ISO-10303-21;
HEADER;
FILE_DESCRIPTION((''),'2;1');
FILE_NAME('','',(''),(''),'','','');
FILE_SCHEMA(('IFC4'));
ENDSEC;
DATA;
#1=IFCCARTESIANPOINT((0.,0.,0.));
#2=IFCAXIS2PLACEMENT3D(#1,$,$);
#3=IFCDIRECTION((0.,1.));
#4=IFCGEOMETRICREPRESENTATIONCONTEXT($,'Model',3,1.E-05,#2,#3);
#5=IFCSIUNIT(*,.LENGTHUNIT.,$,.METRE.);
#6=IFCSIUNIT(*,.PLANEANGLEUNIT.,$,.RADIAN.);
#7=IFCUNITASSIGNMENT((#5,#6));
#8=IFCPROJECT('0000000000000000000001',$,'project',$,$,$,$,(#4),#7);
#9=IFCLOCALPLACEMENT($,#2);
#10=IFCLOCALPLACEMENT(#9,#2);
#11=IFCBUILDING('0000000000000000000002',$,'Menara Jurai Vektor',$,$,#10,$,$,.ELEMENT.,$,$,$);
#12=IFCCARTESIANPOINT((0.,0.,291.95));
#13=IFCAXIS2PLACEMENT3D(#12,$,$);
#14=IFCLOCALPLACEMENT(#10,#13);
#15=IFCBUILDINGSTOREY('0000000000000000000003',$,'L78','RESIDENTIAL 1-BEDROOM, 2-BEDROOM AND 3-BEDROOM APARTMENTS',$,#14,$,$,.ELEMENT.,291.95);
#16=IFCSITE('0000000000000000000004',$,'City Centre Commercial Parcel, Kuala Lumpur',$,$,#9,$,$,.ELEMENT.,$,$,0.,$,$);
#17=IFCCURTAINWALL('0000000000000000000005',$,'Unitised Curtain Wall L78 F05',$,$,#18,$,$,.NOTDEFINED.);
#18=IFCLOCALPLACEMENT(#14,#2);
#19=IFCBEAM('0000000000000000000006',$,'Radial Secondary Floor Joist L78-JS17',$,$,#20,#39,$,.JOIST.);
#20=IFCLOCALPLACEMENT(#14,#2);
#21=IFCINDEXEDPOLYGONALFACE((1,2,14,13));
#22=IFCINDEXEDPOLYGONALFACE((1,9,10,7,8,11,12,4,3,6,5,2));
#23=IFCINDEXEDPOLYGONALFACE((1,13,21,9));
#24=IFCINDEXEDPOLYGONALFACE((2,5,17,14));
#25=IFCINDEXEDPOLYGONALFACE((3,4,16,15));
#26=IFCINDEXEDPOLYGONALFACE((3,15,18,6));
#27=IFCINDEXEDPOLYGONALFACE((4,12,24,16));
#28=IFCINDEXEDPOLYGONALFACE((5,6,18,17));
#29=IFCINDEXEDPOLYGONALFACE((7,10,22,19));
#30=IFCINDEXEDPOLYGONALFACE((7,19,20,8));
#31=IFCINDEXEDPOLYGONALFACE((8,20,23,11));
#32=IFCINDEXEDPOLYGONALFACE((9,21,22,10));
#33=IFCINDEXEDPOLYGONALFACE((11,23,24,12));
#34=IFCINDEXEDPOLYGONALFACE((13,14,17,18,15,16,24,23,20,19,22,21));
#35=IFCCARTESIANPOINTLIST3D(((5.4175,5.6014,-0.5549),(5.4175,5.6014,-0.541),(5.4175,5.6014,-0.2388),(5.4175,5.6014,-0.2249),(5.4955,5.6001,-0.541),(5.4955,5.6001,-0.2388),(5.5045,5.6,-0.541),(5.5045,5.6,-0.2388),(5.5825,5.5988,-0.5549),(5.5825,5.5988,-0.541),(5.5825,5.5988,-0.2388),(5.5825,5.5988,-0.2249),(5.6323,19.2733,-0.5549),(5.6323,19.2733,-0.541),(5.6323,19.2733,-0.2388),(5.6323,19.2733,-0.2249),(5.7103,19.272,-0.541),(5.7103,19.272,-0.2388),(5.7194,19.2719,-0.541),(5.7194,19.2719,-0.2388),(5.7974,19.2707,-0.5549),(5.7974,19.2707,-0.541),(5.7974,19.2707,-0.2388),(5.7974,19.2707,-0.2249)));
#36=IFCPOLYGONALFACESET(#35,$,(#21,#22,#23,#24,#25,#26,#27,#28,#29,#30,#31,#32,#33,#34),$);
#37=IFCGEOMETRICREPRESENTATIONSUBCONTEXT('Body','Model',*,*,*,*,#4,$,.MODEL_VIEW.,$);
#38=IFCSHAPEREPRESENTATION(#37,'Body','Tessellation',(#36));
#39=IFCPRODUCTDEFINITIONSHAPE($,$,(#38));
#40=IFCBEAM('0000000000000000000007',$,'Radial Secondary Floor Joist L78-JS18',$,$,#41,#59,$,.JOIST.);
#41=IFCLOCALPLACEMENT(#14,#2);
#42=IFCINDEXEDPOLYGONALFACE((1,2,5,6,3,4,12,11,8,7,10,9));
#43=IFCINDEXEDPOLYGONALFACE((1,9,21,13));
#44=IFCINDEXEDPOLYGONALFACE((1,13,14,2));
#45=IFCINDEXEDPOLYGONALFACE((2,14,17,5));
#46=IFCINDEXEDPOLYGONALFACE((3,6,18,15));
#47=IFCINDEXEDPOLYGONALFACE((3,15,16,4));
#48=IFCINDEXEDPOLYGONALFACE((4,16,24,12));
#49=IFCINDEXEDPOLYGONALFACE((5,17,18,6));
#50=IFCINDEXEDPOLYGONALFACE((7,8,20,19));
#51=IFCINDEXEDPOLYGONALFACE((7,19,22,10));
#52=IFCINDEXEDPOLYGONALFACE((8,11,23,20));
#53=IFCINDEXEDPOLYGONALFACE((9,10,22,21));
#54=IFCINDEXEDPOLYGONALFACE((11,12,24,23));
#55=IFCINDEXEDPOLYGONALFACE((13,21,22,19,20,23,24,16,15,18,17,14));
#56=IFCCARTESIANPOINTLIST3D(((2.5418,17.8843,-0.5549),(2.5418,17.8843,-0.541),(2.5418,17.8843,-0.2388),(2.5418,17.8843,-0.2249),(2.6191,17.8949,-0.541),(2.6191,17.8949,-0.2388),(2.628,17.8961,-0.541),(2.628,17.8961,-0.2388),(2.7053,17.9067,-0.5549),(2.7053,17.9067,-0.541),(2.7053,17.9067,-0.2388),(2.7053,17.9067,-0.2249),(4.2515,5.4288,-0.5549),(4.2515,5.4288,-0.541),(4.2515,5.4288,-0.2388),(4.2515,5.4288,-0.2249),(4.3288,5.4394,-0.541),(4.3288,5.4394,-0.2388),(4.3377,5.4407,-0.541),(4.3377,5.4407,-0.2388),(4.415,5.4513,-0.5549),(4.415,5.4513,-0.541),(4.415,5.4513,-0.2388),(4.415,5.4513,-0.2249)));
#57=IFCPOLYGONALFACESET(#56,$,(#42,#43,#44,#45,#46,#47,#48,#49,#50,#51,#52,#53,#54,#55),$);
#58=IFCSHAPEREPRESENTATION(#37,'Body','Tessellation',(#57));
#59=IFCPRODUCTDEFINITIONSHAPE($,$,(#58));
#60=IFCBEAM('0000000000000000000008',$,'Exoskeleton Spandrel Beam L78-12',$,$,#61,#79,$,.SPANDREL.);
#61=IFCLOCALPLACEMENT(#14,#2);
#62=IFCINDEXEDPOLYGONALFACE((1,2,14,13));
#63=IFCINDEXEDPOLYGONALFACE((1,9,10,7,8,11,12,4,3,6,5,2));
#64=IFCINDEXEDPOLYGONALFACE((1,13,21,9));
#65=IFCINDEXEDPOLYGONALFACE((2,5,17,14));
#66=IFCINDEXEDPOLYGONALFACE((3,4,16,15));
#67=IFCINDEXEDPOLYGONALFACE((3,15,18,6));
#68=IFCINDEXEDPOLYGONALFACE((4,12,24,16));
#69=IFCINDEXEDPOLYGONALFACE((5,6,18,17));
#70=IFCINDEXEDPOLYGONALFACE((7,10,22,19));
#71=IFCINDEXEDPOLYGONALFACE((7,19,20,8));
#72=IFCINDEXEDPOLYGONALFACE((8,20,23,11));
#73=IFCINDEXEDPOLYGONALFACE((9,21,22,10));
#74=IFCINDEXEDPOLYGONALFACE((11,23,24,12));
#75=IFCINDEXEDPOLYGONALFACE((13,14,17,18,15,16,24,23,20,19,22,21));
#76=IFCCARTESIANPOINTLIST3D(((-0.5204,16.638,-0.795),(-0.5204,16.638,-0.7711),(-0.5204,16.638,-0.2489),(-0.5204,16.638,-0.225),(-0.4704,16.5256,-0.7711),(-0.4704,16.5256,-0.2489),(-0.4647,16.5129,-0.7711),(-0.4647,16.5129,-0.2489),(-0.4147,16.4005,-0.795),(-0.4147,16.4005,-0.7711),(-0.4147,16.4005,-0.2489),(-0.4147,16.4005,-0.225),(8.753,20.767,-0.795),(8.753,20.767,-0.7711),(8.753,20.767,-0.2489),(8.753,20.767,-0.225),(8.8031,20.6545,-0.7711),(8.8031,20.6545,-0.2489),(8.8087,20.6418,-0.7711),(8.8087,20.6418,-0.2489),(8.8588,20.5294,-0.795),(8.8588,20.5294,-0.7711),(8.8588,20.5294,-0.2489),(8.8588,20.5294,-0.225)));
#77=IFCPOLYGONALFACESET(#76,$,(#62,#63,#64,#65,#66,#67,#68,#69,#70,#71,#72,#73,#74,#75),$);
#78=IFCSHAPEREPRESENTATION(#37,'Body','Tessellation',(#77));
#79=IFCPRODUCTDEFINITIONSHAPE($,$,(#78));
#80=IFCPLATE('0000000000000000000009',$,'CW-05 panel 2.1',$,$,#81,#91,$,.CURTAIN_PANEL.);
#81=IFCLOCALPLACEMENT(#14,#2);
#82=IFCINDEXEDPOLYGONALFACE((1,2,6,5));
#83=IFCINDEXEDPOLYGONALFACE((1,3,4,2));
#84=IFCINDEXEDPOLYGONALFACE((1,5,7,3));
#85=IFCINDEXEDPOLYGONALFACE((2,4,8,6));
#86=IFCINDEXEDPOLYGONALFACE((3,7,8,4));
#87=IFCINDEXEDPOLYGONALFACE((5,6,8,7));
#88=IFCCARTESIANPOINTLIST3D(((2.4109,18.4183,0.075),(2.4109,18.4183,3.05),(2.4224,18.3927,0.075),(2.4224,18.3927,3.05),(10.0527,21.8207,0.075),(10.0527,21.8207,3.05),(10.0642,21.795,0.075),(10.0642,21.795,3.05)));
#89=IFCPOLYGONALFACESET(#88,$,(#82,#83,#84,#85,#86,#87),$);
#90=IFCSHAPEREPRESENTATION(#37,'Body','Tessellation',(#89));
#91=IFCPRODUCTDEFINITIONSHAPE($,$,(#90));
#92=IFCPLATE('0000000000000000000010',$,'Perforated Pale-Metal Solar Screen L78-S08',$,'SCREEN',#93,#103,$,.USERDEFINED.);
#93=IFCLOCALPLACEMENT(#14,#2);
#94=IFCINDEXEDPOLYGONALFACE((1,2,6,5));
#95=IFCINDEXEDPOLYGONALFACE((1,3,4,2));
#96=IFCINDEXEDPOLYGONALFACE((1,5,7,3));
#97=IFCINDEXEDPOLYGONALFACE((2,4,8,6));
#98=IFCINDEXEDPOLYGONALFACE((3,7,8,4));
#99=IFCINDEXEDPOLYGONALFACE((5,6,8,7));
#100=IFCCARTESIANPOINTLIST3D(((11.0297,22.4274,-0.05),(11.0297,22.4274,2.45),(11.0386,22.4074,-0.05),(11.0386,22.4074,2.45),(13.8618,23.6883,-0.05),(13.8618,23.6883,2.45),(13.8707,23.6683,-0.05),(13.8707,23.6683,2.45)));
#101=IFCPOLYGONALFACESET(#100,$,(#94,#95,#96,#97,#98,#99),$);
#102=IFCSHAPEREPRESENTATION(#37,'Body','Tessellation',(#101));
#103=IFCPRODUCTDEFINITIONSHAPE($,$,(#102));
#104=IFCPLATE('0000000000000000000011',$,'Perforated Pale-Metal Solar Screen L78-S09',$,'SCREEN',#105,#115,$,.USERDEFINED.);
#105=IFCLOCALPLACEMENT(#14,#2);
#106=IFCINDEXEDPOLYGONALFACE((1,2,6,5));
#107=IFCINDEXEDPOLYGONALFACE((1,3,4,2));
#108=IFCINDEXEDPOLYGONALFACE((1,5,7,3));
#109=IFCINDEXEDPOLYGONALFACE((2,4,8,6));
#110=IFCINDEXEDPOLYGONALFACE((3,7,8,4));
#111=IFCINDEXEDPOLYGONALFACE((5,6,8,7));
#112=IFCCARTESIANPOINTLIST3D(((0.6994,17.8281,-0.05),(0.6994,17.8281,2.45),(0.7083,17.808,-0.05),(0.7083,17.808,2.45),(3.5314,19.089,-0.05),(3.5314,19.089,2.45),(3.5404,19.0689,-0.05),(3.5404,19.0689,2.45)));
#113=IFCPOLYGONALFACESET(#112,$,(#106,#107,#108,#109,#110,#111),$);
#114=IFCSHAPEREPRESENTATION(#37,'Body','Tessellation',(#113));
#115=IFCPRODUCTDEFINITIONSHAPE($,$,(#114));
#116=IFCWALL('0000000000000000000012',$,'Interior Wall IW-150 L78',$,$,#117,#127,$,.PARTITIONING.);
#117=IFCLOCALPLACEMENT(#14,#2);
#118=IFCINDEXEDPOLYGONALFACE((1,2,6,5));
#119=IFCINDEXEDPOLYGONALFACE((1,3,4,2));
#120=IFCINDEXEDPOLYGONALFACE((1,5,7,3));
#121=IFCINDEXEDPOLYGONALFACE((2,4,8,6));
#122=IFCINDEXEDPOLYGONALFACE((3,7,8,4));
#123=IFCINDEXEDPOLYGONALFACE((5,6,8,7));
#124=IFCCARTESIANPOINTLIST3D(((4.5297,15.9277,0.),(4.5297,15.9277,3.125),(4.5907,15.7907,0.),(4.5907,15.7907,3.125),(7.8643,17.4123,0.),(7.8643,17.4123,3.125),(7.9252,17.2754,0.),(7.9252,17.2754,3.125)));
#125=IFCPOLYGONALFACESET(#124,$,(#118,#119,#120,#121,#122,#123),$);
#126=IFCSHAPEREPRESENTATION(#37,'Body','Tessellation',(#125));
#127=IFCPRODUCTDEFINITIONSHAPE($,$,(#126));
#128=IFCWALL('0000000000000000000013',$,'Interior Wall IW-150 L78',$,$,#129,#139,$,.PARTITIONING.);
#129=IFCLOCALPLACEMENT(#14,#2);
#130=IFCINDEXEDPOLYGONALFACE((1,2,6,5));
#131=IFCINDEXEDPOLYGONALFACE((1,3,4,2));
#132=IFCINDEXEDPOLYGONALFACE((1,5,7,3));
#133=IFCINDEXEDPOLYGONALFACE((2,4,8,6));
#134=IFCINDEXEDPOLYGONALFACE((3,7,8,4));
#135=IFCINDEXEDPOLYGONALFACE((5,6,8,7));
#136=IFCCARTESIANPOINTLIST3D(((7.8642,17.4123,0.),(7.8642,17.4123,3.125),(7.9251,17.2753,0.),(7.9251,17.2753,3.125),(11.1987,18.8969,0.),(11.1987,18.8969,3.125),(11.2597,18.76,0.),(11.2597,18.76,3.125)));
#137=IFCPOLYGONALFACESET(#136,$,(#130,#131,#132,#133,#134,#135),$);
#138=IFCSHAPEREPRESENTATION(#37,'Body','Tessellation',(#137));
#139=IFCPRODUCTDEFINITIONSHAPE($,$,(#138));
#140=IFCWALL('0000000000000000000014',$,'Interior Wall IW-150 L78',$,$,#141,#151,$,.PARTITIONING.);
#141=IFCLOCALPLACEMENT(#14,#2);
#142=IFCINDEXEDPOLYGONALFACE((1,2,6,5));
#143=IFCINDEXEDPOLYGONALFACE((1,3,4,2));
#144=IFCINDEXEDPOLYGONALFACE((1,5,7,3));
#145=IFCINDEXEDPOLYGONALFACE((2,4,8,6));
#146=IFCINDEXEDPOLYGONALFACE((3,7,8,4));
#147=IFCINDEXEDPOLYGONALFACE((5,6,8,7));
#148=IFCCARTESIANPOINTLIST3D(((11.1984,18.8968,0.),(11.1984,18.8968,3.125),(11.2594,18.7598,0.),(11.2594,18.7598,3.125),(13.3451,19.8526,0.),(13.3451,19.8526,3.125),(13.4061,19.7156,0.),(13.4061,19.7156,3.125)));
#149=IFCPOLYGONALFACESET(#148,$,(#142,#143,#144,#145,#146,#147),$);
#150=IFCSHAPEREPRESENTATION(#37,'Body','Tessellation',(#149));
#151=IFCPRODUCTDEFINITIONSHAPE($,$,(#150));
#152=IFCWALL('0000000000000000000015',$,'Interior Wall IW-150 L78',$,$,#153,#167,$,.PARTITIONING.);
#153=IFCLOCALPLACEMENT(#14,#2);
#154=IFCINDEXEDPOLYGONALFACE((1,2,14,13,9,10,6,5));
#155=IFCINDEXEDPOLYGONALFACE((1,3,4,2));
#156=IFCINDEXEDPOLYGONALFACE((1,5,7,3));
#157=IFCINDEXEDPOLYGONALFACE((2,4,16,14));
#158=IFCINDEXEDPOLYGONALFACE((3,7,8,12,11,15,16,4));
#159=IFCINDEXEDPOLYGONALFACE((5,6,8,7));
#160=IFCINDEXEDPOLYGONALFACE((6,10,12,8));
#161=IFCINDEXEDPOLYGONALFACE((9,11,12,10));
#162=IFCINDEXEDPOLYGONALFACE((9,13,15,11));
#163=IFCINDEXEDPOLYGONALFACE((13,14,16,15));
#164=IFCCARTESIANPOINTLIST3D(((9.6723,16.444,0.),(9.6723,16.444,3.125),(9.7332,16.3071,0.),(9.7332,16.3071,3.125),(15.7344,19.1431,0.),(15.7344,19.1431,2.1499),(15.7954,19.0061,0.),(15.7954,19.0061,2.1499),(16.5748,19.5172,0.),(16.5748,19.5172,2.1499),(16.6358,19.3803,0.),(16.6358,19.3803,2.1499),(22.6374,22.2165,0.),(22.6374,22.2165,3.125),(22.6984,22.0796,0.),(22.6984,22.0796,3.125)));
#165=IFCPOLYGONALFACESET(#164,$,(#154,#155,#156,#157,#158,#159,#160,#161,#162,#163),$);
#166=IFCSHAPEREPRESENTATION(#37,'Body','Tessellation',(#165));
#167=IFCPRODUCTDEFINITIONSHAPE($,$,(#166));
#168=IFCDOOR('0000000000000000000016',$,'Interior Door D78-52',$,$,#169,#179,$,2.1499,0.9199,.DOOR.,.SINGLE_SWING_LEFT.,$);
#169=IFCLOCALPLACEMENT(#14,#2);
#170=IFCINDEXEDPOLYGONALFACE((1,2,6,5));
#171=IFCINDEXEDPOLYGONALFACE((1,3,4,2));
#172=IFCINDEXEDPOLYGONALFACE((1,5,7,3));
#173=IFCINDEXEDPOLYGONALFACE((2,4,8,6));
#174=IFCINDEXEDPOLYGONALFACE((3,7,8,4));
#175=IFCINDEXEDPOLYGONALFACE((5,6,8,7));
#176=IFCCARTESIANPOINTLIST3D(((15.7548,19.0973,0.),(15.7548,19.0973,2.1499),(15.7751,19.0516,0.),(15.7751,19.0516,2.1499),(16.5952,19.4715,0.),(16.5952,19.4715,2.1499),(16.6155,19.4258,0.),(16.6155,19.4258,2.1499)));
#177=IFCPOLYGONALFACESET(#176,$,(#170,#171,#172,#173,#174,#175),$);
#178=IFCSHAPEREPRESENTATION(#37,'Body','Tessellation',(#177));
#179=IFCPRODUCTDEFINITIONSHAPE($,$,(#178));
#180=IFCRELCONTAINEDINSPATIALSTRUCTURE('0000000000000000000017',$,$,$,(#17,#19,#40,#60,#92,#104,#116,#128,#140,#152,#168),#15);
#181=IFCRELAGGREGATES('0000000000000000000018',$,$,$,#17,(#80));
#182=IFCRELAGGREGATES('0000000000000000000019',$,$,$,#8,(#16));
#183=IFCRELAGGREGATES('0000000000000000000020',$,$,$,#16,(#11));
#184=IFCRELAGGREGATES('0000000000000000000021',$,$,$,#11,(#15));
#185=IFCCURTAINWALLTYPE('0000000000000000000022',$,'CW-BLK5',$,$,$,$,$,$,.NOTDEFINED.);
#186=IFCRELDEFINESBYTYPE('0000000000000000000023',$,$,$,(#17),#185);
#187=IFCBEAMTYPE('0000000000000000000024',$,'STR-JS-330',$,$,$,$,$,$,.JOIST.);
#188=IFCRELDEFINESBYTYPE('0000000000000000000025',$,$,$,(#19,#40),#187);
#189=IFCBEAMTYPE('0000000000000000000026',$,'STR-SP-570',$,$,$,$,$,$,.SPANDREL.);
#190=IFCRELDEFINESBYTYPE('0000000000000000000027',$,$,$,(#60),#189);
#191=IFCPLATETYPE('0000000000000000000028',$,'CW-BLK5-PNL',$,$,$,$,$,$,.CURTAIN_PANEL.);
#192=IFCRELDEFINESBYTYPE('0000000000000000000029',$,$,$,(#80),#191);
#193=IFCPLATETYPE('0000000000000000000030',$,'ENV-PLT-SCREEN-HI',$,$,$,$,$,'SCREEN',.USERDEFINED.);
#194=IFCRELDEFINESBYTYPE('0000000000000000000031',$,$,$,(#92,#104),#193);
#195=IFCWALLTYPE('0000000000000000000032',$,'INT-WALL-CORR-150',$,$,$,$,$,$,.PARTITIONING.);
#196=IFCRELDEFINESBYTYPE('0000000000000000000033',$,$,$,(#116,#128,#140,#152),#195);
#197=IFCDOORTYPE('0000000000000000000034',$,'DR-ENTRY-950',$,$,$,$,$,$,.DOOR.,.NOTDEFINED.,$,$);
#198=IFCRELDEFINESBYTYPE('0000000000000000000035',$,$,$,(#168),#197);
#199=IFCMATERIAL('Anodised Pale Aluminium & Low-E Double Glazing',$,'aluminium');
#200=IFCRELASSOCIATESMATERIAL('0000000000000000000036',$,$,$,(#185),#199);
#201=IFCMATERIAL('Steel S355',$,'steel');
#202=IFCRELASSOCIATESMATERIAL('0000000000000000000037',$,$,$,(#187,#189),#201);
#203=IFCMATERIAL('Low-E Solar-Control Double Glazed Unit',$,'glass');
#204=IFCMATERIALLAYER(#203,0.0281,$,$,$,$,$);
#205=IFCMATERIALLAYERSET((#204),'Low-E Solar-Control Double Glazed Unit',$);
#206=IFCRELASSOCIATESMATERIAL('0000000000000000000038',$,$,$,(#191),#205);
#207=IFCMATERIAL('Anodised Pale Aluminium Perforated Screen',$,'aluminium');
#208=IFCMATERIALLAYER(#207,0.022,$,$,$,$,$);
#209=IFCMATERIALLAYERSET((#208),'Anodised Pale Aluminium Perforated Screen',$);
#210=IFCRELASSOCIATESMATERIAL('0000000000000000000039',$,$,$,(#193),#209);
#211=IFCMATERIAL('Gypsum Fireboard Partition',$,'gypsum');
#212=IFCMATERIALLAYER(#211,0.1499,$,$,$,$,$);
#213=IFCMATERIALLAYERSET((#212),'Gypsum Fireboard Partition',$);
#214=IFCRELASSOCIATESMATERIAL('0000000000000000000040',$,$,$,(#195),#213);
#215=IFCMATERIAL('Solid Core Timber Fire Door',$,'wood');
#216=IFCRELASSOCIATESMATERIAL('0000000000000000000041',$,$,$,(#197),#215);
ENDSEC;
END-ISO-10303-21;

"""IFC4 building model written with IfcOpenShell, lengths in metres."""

from ifc_helpers import new_model, si_unit, direction, frame, frame_2d, origin, origin_2d, place, context, subcontext, project, spatial, rectangle, i_section, extrude, material, layer, layer_set, material_profile, profile_set, type_object, element, fill, aggregate, save


model = new_model("IFC4")

# Units and contexts
model_context = context("Model", 3, precision=1e-05, world=origin(), true_north=direction((0.0, 1.0)))
body_context = subcontext(model_context, "Body", "Model", "MODEL_VIEW")
ifc_project = project(units=[si_unit("LENGTHUNIT", "METRE"), si_unit("PLANEANGLEUNIT", "RADIAN")], contexts=[model_context])

# Site, building, storey
site_placement = place(None, origin())
site = spatial("IfcSite", under=ifc_project, at=site_placement, Name="City Centre Commercial Parcel, Kuala Lumpur", CompositionType="ELEMENT", RefElevation=0.0)
building_placement = place(site_placement, origin())
building = spatial("IfcBuilding", under=site, at=building_placement, Name="Menara Jurai Vektor", CompositionType="ELEMENT")
storey_placement = place(building_placement, frame((0.0, 0.0, 291.95)))
storey = spatial("IfcBuildingStorey", under=building, at=storey_placement, Name="L78", Description="RESIDENTIAL 1-BEDROOM, 2-BEDROOM AND 3-BEDROOM APARTMENTS", CompositionType="ELEMENT", Elevation=291.95)

# Curtain wall
ifc_material_1 = material(Name="Anodised Pale Aluminium & Low-E Double Glazing", Category="aluminium")
curtain_wall_type = type_object("IfcCurtainWallType", Name="CW-BLK5", PredefinedType="NOTDEFINED", material=ifc_material_1)
curtain_wall_placement = place(storey_placement, origin())
curtain_wall = element("IfcCurtainWall", 1, at=curtain_wall_placement, inside=storey, type_object=curtain_wall_type, Name="Unitised Curtain Wall L78 F05", PredefinedType="NOTDEFINED")

# Beams
ifc_material_2 = material(Name="Steel S355", Category="steel")
ifc_material_profile_1 = material_profile(ifc_material_2, i_section(OverallWidth=0.165, OverallDepth=0.3301, WebThickness=0.009, FlangeThickness=0.0139, at=origin_2d()), Name="PG 330x165x46")
ifc_profile_set_1 = profile_set([ifc_material_profile_1], Name="Steel S355")
beam_type_1 = type_object("IfcBeamType", Name="STR-JS-330", PredefinedType="JOIST", material=ifc_profile_set_1)
beam_1_placement = place(storey_placement, frame((5.7148, 19.272, -0.3899), z_axis=(-0.015712, -0.999877, 0.0), x_axis=(0.999877, -0.015712, 0.0)))
element("IfcBeam", 2, at=beam_1_placement, inside=storey, type_object=beam_type_1, Name="Radial Secondary Floor Joist L78-JS17", PredefinedType="JOIST", context=body_context, shape_type="SweptSolid", body=[
    extrude(i_section(OverallWidth=0.165, OverallDepth=0.3301, WebThickness=0.009, FlangeThickness=0.0139, at=origin_2d()), origin(), (0.0, 0.0, 1.0), 13.6736),
])
beam_2_placement = place(storey_placement, frame((2.6235, 17.8955, -0.3899), z_axis=(0.13599, -0.99071, 0.0), x_axis=(0.99071, 0.13599, 0.0)))
element("IfcBeam", 3, at=beam_2_placement, inside=storey, type_object=beam_type_1, Name="Radial Secondary Floor Joist L78-JS18", PredefinedType="JOIST", context=body_context, shape_type="SweptSolid", body=[
    extrude(i_section(OverallWidth=0.165, OverallDepth=0.3301, WebThickness=0.009, FlangeThickness=0.0139, at=origin_2d()), origin(), (0.0, 0.0, 1.0), 12.5723),
])
ifc_material_profile_2 = material_profile(ifc_material_2, i_section(OverallWidth=0.26, OverallDepth=0.5701, WebThickness=0.0139, FlangeThickness=0.0239, at=origin_2d()), Name="PG 570x260x145")
ifc_profile_set_2 = profile_set([ifc_material_profile_2], Name="Steel S355")
beam_type_2 = type_object("IfcBeamType", Name="STR-SP-570", PredefinedType="SPANDREL", material=ifc_profile_set_2)
beam_3_placement = place(storey_placement, frame((8.8059, 20.6482, -0.51), z_axis=(-0.913542, -0.406745, 0.0), x_axis=(0.406745, -0.913542, 0.0)))
element("IfcBeam", 4, at=beam_3_placement, inside=storey, type_object=beam_type_2, Name="Exoskeleton Spandrel Beam L78-12", PredefinedType="SPANDREL", context=body_context, shape_type="SweptSolid", body=[
    extrude(i_section(OverallWidth=0.26, OverallDepth=0.5701, WebThickness=0.0139, FlangeThickness=0.0239, at=origin_2d()), origin(), (0.0, 0.0, 1.0), 10.1511),
])

# Plate
ifc_material_3 = material(Name="Low-E Solar-Control Double Glazed Unit", Category="glass")
ifc_layer_1 = layer(ifc_material_3, 0.0281)
ifc_layer_set_1 = layer_set([ifc_layer_1], Name="Low-E Solar-Control Double Glazed Unit")
plate_type_1 = type_object("IfcPlateType", Name="CW-BLK5-PNL", PredefinedType="CURTAIN_PANEL", material=ifc_layer_set_1)
plate_placement = place(storey_placement, frame((6.2375, 20.1067, 0.075), z_axis=(0.0, 0.0, 1.0), x_axis=(-0.913546, -0.406735, 0.0)))
plate = element("IfcPlate", 5, at=plate_placement, type_object=plate_type_1, Name="CW-05 panel 2.1", PredefinedType="CURTAIN_PANEL", context=body_context, shape_type="SweptSolid", body=[
    extrude(rectangle(XDim=8.365, YDim=0.0281, at=origin_2d()), origin(), (0.0, 0.0, 1.0), 2.9751),
])
aggregate(curtain_wall, [plate])

# Plates
ifc_material_4 = material(Name="Anodised Pale Aluminium Perforated Screen", Category="aluminium")
ifc_layer_2 = layer(ifc_material_4, 0.022)
ifc_layer_set_2 = layer_set([ifc_layer_2], Name="Anodised Pale Aluminium Perforated Screen")
plate_type_2 = type_object("IfcPlateType", Name="ENV-PLT-SCREEN-HI", ElementType="SCREEN", PredefinedType="USERDEFINED", material=ifc_layer_set_2)
for number, where, z_axis, x_axis, name in (
    (6, (12.4502, 23.0479, -0.05), (0.0, 0.0, 1.0), (-0.913545, -0.406737, 0.0), "Perforated Pale-Metal Solar Screen L78-S08"),
    (7, (2.1199, 18.4485, -0.05), (0.0, 0.0, 1.0), (-0.913545, -0.406737, 0.0), "Perforated Pale-Metal Solar Screen L78-S09"),
):
    element("IfcPlate", number, at=place(storey_placement, frame(where, z_axis=z_axis, x_axis=x_axis)), inside=storey, type_object=plate_type_2, Name=name, ObjectType="SCREEN", PredefinedType="USERDEFINED", context=body_context, shape_type="SweptSolid", body=[
        extrude(rectangle(XDim=3.1001, YDim=0.022, at=origin_2d()), origin(), (0.0, 0.0, 1.0), 2.5),
    ])

# Walls
ifc_material_5 = material(Name="Gypsum Fireboard Partition", Category="gypsum")
ifc_layer_3 = layer(ifc_material_5, 0.1499)
ifc_layer_set_3 = layer_set([ifc_layer_3], Name="Gypsum Fireboard Partition")
wall_type_1 = type_object("IfcWallType", Name="INT-WALL-CORR-150", PredefinedType="PARTITIONING", material=ifc_layer_set_3)
for number, where, z_axis, x_axis, name in (
    (8, (4.5601, 15.8591, 0.0), (0.0, 0.0, 1.0), (0.913544, 0.40674, 0.0), "Interior Wall IW-150 L78"),
    (9, (7.8945, 17.3438, 0.0), (0.0, 0.0, 1.0), (0.913544, 0.40674, 0.0), "Interior Wall IW-150 L78"),
):
    element("IfcWall", number, at=place(storey_placement, frame(where, z_axis=z_axis, x_axis=x_axis)), inside=storey, type_object=wall_type_1, Name=name, PredefinedType="PARTITIONING", context=body_context, shape_type="SweptSolid", body=[
        extrude(rectangle(XDim=3.6501, YDim=0.1499, at=frame_2d((1.8252, 0.0))), origin(), (0.0, 0.0, 1.0), 3.125),
    ])
wall_1_placement = place(storey_placement, frame((11.229, 18.8284, 0.0), z_axis=(0.0, 0.0, 1.0), x_axis=(0.913541, 0.406746, 0.0)))
element("IfcWall", 10, at=wall_1_placement, inside=storey, type_object=wall_type_1, Name="Interior Wall IW-150 L78", PredefinedType="PARTITIONING", context=body_context, shape_type="SweptSolid", body=[
    extrude(rectangle(XDim=2.3499, YDim=0.1499, at=frame_2d((1.1748, 0.0))), origin(), (0.0, 0.0, 1.0), 3.125),
])

# Wall, opening, door
wall_2_placement = place(storey_placement, frame((9.7026, 16.3755, 0.0), z_axis=(0.0, 0.0, 1.0), x_axis=(0.913545, 0.406739, 0.0)))
wall_2 = element("IfcWall", 11, at=wall_2_placement, inside=storey, type_object=wall_type_1, Name="Interior Wall IW-150 L78", PredefinedType="PARTITIONING", context=body_context, shape_type="SweptSolid", body=[
    extrude(rectangle(XDim=14.1921, YDim=0.1499, at=frame_2d((7.0962, 0.0))), origin(), (0.0, 0.0, 1.0), 3.125),
])
opening_1_placement = place(wall_2_placement, frame((6.636, 0.0, 0.0)))
opening_1 = element("IfcOpeningElement", 12, at=opening_1_placement, cuts=wall_2, PredefinedType="OPENING", context=body_context, shape_type="SweptSolid", body=[
    extrude(rectangle(XDim=0.9199, YDim=2.1499, at=frame_2d((0.46, 1.075))), frame((0.0, 0.085, 0.0), z_axis=(0.0, -1.0, 0.0), x_axis=(1.0, 0.0, 0.0)), (0.0, 0.0, 1.0), 0.1699),
])
ifc_material_6 = material(Name="Solid Core Timber Fire Door", Category="wood")
door_type_1 = type_object("IfcDoorType", Name="DR-ENTRY-950", OperationType="NOTDEFINED", PredefinedType="DOOR", material=ifc_material_6)
door_1_placement = place(opening_1_placement, origin())
door_1 = element("IfcDoor", 13, at=door_1_placement, inside=storey, type_object=door_type_1, Name="Interior Door D78-52", OperationType="SINGLE_SWING_LEFT", OverallHeight=2.1499, OverallWidth=0.9199, PredefinedType="DOOR", context=body_context, shape_type="SweptSolid", body=[
    extrude(rectangle(XDim=0.9199, YDim=2.1499, at=frame_2d((0.46, 1.075))), frame((0.0, 0.0249, 0.0), z_axis=(0.0, -1.0, 0.0), x_axis=(1.0, 0.0, 0.0)), (0.0, 0.0, 1.0), 0.05),
])
fill(opening_1, door_1)

save(model, "model.ifc")
